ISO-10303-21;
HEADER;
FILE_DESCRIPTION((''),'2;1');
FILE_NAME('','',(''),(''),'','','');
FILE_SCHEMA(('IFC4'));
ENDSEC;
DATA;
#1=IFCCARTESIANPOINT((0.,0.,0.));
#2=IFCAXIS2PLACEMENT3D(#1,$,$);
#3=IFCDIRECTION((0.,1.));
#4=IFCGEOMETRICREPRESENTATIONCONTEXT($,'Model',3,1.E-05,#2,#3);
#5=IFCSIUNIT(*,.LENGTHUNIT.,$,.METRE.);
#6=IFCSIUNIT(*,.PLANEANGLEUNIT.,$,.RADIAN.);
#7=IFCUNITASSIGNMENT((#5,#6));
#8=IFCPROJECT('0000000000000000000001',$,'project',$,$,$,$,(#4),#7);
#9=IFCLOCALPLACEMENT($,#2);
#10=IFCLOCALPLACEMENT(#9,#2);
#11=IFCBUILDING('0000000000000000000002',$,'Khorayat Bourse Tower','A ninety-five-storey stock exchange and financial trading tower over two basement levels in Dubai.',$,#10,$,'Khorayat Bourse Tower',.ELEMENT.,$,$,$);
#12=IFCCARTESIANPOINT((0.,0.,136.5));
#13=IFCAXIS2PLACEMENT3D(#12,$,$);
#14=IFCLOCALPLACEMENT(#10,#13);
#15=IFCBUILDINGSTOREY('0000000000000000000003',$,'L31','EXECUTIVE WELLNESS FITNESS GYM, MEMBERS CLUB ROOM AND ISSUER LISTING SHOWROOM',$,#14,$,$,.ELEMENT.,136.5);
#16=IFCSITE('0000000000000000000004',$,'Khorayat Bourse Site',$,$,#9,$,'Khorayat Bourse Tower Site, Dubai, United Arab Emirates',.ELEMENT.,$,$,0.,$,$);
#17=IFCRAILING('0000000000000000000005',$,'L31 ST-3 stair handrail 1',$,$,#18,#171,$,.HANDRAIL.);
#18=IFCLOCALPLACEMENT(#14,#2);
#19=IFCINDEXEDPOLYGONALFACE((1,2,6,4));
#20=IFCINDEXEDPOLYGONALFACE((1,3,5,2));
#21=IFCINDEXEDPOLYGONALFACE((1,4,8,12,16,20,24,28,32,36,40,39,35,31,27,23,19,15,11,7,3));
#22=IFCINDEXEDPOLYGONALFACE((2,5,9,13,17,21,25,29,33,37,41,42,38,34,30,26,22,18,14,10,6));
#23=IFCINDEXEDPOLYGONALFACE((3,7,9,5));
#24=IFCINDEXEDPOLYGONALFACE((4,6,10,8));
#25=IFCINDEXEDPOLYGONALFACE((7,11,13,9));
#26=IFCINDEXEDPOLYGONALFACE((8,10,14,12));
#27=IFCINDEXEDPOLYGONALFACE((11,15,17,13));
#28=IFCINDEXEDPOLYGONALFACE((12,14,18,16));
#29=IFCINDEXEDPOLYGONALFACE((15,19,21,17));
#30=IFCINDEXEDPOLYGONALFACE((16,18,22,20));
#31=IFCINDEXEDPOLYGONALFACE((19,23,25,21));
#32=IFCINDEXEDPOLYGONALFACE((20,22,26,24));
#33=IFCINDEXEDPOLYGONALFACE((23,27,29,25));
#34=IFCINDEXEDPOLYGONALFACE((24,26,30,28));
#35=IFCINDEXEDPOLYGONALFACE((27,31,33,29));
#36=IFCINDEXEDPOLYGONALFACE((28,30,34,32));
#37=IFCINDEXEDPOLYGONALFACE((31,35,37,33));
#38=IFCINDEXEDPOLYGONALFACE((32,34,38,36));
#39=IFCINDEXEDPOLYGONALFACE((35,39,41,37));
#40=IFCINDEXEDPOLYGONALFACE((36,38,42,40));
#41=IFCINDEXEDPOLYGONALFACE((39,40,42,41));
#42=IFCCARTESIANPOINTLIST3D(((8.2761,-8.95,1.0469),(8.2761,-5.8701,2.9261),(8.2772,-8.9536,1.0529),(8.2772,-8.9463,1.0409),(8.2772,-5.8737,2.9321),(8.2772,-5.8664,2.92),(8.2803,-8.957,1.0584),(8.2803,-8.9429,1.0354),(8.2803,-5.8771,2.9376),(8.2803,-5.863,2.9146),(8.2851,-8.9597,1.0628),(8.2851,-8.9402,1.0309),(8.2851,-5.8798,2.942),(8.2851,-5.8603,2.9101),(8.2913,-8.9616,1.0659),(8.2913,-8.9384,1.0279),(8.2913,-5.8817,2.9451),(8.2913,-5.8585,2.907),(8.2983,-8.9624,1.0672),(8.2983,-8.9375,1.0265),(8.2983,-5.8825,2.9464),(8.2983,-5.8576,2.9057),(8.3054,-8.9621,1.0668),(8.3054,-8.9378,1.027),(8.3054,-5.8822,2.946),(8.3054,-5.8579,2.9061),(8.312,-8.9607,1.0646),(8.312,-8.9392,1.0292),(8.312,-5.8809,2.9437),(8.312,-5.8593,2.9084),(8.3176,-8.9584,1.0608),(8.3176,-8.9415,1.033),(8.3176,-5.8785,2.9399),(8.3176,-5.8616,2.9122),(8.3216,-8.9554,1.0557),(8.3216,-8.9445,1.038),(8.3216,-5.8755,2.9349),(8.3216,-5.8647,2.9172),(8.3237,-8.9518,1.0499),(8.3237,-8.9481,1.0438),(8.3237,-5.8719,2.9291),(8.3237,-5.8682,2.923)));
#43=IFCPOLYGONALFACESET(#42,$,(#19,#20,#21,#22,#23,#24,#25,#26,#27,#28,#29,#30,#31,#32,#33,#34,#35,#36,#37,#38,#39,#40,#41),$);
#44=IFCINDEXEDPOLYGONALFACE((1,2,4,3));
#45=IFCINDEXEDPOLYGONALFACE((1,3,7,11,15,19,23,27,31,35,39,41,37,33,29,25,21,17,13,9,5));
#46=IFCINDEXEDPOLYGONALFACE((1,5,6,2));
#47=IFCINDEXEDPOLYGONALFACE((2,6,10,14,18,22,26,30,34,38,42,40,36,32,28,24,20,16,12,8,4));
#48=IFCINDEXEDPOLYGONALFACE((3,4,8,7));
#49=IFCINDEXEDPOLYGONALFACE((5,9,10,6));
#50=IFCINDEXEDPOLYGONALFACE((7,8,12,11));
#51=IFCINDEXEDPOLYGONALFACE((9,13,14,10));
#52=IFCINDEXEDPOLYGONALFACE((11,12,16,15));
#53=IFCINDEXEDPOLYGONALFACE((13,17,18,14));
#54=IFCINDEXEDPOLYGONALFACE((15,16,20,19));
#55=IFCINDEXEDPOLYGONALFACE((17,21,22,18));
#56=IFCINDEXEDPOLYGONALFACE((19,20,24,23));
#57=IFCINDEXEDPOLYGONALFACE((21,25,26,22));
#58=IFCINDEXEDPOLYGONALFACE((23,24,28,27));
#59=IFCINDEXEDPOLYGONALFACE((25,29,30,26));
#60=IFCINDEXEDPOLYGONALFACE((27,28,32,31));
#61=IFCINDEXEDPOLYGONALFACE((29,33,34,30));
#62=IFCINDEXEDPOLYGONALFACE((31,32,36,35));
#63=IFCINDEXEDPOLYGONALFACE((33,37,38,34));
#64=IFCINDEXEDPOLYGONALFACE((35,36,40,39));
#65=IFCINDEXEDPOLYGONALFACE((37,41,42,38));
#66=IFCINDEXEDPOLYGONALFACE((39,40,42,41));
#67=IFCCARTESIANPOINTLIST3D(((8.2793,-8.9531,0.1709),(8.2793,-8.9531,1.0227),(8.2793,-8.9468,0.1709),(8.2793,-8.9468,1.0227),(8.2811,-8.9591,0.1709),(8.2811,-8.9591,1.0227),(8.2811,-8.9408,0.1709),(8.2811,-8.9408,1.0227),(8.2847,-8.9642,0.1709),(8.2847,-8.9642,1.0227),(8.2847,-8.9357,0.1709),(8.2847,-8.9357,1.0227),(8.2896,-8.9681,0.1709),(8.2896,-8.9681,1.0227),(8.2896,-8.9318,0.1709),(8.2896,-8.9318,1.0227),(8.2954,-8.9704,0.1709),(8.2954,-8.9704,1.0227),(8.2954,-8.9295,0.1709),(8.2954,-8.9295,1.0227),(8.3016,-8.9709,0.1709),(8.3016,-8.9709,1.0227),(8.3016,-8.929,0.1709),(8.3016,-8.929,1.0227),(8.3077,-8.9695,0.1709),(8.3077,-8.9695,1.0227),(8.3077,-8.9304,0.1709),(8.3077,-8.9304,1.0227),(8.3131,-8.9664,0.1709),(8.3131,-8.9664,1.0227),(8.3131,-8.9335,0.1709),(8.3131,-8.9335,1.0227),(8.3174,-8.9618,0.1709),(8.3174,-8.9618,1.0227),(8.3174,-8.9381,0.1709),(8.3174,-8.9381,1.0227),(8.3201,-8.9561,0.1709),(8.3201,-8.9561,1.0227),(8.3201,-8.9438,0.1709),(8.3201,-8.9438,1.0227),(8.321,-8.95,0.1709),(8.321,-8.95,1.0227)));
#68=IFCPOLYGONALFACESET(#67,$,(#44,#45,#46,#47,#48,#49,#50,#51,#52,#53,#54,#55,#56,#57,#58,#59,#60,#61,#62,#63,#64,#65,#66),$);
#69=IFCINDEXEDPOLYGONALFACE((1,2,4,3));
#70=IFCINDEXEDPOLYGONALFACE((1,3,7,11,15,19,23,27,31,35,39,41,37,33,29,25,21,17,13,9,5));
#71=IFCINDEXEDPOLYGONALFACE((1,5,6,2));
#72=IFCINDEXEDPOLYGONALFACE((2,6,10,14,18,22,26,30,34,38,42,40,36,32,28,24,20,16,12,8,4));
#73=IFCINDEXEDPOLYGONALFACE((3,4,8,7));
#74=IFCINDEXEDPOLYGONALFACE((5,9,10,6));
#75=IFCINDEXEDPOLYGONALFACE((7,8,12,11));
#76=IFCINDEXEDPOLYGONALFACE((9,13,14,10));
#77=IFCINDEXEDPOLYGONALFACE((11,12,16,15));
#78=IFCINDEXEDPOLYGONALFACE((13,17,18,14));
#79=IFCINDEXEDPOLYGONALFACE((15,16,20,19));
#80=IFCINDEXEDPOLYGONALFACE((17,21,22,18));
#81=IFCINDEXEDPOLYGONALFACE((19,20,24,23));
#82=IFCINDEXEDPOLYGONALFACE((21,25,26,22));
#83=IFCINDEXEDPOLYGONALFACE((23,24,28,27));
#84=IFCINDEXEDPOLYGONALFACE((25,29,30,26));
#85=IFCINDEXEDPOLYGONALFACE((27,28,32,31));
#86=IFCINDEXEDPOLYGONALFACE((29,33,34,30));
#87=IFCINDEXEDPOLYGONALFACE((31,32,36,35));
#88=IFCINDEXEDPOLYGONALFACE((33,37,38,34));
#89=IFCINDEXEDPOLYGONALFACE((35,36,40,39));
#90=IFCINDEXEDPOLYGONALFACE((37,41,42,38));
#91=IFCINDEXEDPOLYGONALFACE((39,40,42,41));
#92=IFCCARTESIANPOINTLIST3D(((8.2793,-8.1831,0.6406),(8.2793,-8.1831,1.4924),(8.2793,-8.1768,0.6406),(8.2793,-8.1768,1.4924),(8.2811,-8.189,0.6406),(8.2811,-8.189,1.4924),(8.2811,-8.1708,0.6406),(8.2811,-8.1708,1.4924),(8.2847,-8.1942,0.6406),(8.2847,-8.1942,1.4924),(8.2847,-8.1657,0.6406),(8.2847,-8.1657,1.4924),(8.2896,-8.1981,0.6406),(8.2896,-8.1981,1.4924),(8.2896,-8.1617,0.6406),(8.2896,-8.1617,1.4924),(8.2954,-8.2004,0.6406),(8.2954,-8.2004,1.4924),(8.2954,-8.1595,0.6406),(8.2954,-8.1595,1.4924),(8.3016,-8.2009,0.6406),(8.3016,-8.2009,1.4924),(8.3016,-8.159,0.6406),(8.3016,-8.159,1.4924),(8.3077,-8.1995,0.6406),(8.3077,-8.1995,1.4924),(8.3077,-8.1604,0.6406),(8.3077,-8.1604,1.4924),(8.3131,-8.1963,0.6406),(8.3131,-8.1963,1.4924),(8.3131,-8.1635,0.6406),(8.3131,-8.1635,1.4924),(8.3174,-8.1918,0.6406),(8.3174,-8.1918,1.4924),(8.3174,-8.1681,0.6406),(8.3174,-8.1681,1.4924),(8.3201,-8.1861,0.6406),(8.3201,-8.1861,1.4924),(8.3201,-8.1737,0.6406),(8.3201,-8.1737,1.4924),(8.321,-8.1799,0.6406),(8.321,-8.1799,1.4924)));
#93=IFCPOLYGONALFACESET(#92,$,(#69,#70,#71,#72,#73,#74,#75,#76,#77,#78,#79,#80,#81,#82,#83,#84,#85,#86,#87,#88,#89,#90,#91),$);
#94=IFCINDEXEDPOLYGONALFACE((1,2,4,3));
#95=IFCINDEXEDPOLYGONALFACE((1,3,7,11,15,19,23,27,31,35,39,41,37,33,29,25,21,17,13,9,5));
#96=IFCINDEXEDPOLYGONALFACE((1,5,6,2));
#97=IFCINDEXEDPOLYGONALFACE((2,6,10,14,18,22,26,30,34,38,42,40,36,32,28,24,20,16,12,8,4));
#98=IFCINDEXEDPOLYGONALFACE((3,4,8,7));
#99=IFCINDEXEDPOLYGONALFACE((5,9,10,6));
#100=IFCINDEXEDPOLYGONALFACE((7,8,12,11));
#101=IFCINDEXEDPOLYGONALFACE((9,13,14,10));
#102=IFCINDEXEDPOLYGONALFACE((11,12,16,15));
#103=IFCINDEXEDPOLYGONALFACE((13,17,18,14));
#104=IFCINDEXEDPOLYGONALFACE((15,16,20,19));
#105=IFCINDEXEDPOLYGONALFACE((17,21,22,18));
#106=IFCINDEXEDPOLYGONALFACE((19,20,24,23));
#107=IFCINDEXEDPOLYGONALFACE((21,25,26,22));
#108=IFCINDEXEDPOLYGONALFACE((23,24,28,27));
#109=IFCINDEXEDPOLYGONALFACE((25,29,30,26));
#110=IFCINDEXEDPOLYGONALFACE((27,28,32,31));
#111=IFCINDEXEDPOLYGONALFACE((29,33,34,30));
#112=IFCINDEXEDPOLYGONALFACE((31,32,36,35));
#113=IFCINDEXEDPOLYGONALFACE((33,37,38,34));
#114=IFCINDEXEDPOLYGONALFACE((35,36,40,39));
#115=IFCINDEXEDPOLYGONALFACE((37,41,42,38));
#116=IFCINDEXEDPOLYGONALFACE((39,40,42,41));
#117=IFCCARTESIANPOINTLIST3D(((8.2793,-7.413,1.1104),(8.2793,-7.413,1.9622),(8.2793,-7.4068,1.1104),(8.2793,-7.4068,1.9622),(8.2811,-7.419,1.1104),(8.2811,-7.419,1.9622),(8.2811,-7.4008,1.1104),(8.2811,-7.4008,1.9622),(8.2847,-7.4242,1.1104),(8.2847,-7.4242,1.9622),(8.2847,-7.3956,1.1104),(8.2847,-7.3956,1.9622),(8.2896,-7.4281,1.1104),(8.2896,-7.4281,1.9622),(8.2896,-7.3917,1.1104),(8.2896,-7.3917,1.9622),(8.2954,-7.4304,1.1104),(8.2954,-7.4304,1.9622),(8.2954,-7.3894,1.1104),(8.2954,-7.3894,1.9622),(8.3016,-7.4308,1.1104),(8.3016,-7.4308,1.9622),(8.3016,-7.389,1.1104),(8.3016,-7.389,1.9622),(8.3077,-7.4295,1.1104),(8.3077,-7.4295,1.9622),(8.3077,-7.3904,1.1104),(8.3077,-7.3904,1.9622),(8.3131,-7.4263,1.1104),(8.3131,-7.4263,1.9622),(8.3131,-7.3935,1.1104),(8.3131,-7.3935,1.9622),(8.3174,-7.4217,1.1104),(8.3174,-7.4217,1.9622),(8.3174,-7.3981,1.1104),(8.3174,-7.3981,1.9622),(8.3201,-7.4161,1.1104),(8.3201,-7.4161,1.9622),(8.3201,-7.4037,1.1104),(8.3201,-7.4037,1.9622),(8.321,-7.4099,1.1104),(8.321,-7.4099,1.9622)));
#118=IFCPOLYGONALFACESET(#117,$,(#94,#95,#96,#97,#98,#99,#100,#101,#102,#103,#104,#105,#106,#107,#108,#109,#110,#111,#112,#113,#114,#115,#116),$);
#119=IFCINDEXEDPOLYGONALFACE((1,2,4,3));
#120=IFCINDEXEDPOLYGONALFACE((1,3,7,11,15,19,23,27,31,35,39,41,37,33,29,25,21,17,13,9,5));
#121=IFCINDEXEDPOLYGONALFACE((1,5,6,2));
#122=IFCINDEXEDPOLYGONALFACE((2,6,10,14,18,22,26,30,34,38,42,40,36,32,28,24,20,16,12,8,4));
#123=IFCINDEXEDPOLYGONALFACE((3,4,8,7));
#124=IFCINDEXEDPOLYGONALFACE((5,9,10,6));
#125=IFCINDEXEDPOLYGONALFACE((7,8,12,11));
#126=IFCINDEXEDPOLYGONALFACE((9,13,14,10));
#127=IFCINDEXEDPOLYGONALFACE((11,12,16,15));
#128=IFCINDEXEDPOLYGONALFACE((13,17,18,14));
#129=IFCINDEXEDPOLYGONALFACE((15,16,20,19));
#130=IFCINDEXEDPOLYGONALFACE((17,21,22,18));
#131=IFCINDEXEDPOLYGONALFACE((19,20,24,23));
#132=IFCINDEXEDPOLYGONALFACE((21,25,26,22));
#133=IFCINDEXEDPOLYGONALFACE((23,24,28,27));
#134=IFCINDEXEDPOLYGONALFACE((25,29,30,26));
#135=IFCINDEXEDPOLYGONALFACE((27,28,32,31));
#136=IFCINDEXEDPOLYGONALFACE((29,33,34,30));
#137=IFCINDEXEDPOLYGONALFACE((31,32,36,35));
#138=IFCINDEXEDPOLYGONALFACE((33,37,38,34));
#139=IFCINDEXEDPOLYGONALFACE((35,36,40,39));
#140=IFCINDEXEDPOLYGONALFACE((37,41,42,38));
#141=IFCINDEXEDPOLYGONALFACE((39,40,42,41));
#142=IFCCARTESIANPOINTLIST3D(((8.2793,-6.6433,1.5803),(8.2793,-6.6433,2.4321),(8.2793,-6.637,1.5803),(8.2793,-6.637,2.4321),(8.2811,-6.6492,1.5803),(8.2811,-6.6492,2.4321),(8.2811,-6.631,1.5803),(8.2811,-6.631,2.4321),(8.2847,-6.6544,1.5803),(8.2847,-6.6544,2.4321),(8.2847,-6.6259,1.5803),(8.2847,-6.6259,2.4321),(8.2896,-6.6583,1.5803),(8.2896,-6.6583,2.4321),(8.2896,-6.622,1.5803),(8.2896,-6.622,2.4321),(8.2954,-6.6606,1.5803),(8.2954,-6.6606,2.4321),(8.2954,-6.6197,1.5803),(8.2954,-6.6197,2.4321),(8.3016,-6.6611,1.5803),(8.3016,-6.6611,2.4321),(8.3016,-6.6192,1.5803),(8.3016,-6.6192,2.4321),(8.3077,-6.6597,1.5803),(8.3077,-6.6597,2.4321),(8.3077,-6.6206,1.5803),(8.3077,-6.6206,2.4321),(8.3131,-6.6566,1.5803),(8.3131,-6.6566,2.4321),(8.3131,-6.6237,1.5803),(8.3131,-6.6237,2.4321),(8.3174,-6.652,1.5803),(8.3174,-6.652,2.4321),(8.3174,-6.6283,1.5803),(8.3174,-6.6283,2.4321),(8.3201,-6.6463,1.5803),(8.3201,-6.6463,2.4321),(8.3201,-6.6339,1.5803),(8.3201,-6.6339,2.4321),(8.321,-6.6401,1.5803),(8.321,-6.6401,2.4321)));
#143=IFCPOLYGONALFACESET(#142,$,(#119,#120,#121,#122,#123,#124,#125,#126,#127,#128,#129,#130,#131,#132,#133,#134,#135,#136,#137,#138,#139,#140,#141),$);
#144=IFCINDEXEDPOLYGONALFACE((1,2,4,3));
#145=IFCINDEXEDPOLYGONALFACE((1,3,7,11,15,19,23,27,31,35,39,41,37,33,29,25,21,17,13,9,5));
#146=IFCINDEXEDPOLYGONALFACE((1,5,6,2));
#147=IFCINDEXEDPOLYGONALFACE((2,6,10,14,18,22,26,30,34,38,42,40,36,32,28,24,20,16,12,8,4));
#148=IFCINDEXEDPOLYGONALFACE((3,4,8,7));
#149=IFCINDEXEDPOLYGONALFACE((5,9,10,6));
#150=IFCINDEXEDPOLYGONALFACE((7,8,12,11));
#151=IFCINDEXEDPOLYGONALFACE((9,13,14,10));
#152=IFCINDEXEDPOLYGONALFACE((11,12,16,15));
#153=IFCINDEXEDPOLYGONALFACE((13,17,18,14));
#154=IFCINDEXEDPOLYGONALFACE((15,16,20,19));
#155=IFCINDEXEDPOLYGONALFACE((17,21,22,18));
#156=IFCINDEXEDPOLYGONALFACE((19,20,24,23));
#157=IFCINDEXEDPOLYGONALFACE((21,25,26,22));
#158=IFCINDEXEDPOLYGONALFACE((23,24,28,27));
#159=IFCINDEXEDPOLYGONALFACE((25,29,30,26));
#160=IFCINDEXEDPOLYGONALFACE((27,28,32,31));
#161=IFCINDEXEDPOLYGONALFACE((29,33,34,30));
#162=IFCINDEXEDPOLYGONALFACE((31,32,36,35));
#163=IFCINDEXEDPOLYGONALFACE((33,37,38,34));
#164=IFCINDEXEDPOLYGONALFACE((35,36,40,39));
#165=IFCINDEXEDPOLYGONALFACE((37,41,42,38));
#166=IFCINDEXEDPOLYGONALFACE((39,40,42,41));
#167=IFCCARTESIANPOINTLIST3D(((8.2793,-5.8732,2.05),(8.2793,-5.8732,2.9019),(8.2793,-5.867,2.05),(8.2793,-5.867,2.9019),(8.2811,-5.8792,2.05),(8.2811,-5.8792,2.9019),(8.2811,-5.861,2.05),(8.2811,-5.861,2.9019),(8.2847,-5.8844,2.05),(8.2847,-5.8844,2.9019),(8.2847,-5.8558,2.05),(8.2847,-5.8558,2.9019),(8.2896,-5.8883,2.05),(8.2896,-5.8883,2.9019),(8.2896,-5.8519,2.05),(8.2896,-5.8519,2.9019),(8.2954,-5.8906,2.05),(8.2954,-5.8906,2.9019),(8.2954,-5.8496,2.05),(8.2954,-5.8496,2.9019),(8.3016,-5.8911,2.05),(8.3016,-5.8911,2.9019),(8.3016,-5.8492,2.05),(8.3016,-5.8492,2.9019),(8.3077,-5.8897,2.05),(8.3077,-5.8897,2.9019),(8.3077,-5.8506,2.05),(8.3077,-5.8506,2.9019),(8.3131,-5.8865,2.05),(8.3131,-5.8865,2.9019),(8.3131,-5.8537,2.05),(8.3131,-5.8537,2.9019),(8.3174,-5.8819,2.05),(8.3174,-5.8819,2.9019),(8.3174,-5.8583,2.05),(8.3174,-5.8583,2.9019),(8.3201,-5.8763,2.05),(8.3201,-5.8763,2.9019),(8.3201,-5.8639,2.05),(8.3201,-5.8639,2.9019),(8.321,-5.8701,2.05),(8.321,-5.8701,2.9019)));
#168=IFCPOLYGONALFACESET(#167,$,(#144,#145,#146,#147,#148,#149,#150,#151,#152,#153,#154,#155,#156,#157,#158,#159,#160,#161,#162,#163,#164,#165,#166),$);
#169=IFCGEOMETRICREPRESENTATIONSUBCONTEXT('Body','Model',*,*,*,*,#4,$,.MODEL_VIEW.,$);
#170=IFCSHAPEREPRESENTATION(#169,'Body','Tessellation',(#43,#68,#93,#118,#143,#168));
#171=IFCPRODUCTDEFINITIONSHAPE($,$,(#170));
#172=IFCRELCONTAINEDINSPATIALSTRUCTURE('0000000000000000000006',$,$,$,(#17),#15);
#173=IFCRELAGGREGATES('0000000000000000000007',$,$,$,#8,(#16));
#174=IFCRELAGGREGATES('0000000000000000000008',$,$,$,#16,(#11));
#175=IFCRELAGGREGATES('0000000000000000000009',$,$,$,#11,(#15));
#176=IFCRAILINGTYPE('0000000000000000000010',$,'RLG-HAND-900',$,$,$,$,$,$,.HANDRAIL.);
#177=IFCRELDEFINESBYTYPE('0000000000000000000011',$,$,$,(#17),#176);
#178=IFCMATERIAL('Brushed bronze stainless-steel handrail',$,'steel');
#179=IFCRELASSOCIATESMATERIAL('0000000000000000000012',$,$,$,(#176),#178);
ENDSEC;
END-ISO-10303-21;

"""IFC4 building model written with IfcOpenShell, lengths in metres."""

from ifc_helpers import new_model, si_unit, direction, frame, origin, origin_2d, place, context, subcontext, project, spatial, circle, extrude, source, transform, mapped, material, type_object, element, save


model = new_model("IFC4")

# Units and contexts
model_context = context("Model", 3, precision=1e-05, world=origin(), true_north=direction((0.0, 1.0)))
body_context = subcontext(model_context, "Body", "Model", "MODEL_VIEW")
ifc_project = project(units=[si_unit("LENGTHUNIT", "METRE"), si_unit("PLANEANGLEUNIT", "RADIAN")], contexts=[model_context])

# Site, building, storey
site_placement = place(None, origin())
site = spatial("IfcSite", under=ifc_project, at=site_placement, Name="Khorayat Bourse Site", LongName="Khorayat Bourse Tower Site, Dubai, United Arab Emirates", CompositionType="ELEMENT", RefElevation=0.0)
building_placement = place(site_placement, origin())
building = spatial("IfcBuilding", under=site, at=building_placement, Name="Khorayat Bourse Tower", Description="A ninety-five-storey stock exchange and financial trading tower over two basement levels in Dubai.", LongName="Khorayat Bourse Tower", CompositionType="ELEMENT")
storey_placement = place(building_placement, frame((0.0, 0.0, 136.5)))
storey = spatial("IfcBuildingStorey", under=building, at=storey_placement, Name="L31", Description="EXECUTIVE WELLNESS FITNESS GYM, MEMBERS CLUB ROOM AND ISSUER LISTING SHOWROOM", CompositionType="ELEMENT", Elevation=136.5)

# Railing
ifc_material_1 = material(Name="Brushed bronze stainless-steel handrail", Category="steel")
railing_type_1 = type_object("IfcRailingType", Name="RLG-HAND-900", PredefinedType="HANDRAIL", material=ifc_material_1)
shared_shape_1 = source(origin(), body_context, "Body", "SweptSolid", [
    extrude(circle(Radius=0.0239, at=origin_2d()), frame((0.0, 0.0, 0.876), z_axis=(0.0, 0.853648, 0.52085), x_axis=(-1.0, 0.0, 0.0)), (0.0, 0.0, 1.0), 3.6079),
    extrude(circle(Radius=0.021, at=origin_2d()), origin(), (0.0, 0.0, 1.0), 0.8518),
    extrude(circle(Radius=0.021, at=origin_2d()), frame((0.0, 0.77, 0.4697)), (0.0, 0.0, 1.0), 0.8518),
    extrude(circle(Radius=0.021, at=origin_2d()), frame((0.0, 1.54, 0.9395)), (0.0, 0.0, 1.0), 0.8518),
    extrude(circle(Radius=0.021, at=origin_2d()), frame((0.0, 2.3098, 1.4094)), (0.0, 0.0, 1.0), 0.8518),
    extrude(circle(Radius=0.021, at=origin_2d()), frame((0.0, 3.0798, 1.8792)), (0.0, 0.0, 1.0), 0.8518),
])
railing_1_placement = place(storey_placement, frame((8.3, -8.95, 0.1709)))
element("IfcRailing", 1, at=railing_1_placement, inside=storey, type_object=railing_type_1, Name="L31 ST-3 stair handrail 1", PredefinedType="HANDRAIL", context=body_context, shape_type="MappedRepresentation", body=[
    mapped(shared_shape_1, transform((0.0, 0.0, 0.0), scale=1.0)),
])

save(model, "model.ifc")
